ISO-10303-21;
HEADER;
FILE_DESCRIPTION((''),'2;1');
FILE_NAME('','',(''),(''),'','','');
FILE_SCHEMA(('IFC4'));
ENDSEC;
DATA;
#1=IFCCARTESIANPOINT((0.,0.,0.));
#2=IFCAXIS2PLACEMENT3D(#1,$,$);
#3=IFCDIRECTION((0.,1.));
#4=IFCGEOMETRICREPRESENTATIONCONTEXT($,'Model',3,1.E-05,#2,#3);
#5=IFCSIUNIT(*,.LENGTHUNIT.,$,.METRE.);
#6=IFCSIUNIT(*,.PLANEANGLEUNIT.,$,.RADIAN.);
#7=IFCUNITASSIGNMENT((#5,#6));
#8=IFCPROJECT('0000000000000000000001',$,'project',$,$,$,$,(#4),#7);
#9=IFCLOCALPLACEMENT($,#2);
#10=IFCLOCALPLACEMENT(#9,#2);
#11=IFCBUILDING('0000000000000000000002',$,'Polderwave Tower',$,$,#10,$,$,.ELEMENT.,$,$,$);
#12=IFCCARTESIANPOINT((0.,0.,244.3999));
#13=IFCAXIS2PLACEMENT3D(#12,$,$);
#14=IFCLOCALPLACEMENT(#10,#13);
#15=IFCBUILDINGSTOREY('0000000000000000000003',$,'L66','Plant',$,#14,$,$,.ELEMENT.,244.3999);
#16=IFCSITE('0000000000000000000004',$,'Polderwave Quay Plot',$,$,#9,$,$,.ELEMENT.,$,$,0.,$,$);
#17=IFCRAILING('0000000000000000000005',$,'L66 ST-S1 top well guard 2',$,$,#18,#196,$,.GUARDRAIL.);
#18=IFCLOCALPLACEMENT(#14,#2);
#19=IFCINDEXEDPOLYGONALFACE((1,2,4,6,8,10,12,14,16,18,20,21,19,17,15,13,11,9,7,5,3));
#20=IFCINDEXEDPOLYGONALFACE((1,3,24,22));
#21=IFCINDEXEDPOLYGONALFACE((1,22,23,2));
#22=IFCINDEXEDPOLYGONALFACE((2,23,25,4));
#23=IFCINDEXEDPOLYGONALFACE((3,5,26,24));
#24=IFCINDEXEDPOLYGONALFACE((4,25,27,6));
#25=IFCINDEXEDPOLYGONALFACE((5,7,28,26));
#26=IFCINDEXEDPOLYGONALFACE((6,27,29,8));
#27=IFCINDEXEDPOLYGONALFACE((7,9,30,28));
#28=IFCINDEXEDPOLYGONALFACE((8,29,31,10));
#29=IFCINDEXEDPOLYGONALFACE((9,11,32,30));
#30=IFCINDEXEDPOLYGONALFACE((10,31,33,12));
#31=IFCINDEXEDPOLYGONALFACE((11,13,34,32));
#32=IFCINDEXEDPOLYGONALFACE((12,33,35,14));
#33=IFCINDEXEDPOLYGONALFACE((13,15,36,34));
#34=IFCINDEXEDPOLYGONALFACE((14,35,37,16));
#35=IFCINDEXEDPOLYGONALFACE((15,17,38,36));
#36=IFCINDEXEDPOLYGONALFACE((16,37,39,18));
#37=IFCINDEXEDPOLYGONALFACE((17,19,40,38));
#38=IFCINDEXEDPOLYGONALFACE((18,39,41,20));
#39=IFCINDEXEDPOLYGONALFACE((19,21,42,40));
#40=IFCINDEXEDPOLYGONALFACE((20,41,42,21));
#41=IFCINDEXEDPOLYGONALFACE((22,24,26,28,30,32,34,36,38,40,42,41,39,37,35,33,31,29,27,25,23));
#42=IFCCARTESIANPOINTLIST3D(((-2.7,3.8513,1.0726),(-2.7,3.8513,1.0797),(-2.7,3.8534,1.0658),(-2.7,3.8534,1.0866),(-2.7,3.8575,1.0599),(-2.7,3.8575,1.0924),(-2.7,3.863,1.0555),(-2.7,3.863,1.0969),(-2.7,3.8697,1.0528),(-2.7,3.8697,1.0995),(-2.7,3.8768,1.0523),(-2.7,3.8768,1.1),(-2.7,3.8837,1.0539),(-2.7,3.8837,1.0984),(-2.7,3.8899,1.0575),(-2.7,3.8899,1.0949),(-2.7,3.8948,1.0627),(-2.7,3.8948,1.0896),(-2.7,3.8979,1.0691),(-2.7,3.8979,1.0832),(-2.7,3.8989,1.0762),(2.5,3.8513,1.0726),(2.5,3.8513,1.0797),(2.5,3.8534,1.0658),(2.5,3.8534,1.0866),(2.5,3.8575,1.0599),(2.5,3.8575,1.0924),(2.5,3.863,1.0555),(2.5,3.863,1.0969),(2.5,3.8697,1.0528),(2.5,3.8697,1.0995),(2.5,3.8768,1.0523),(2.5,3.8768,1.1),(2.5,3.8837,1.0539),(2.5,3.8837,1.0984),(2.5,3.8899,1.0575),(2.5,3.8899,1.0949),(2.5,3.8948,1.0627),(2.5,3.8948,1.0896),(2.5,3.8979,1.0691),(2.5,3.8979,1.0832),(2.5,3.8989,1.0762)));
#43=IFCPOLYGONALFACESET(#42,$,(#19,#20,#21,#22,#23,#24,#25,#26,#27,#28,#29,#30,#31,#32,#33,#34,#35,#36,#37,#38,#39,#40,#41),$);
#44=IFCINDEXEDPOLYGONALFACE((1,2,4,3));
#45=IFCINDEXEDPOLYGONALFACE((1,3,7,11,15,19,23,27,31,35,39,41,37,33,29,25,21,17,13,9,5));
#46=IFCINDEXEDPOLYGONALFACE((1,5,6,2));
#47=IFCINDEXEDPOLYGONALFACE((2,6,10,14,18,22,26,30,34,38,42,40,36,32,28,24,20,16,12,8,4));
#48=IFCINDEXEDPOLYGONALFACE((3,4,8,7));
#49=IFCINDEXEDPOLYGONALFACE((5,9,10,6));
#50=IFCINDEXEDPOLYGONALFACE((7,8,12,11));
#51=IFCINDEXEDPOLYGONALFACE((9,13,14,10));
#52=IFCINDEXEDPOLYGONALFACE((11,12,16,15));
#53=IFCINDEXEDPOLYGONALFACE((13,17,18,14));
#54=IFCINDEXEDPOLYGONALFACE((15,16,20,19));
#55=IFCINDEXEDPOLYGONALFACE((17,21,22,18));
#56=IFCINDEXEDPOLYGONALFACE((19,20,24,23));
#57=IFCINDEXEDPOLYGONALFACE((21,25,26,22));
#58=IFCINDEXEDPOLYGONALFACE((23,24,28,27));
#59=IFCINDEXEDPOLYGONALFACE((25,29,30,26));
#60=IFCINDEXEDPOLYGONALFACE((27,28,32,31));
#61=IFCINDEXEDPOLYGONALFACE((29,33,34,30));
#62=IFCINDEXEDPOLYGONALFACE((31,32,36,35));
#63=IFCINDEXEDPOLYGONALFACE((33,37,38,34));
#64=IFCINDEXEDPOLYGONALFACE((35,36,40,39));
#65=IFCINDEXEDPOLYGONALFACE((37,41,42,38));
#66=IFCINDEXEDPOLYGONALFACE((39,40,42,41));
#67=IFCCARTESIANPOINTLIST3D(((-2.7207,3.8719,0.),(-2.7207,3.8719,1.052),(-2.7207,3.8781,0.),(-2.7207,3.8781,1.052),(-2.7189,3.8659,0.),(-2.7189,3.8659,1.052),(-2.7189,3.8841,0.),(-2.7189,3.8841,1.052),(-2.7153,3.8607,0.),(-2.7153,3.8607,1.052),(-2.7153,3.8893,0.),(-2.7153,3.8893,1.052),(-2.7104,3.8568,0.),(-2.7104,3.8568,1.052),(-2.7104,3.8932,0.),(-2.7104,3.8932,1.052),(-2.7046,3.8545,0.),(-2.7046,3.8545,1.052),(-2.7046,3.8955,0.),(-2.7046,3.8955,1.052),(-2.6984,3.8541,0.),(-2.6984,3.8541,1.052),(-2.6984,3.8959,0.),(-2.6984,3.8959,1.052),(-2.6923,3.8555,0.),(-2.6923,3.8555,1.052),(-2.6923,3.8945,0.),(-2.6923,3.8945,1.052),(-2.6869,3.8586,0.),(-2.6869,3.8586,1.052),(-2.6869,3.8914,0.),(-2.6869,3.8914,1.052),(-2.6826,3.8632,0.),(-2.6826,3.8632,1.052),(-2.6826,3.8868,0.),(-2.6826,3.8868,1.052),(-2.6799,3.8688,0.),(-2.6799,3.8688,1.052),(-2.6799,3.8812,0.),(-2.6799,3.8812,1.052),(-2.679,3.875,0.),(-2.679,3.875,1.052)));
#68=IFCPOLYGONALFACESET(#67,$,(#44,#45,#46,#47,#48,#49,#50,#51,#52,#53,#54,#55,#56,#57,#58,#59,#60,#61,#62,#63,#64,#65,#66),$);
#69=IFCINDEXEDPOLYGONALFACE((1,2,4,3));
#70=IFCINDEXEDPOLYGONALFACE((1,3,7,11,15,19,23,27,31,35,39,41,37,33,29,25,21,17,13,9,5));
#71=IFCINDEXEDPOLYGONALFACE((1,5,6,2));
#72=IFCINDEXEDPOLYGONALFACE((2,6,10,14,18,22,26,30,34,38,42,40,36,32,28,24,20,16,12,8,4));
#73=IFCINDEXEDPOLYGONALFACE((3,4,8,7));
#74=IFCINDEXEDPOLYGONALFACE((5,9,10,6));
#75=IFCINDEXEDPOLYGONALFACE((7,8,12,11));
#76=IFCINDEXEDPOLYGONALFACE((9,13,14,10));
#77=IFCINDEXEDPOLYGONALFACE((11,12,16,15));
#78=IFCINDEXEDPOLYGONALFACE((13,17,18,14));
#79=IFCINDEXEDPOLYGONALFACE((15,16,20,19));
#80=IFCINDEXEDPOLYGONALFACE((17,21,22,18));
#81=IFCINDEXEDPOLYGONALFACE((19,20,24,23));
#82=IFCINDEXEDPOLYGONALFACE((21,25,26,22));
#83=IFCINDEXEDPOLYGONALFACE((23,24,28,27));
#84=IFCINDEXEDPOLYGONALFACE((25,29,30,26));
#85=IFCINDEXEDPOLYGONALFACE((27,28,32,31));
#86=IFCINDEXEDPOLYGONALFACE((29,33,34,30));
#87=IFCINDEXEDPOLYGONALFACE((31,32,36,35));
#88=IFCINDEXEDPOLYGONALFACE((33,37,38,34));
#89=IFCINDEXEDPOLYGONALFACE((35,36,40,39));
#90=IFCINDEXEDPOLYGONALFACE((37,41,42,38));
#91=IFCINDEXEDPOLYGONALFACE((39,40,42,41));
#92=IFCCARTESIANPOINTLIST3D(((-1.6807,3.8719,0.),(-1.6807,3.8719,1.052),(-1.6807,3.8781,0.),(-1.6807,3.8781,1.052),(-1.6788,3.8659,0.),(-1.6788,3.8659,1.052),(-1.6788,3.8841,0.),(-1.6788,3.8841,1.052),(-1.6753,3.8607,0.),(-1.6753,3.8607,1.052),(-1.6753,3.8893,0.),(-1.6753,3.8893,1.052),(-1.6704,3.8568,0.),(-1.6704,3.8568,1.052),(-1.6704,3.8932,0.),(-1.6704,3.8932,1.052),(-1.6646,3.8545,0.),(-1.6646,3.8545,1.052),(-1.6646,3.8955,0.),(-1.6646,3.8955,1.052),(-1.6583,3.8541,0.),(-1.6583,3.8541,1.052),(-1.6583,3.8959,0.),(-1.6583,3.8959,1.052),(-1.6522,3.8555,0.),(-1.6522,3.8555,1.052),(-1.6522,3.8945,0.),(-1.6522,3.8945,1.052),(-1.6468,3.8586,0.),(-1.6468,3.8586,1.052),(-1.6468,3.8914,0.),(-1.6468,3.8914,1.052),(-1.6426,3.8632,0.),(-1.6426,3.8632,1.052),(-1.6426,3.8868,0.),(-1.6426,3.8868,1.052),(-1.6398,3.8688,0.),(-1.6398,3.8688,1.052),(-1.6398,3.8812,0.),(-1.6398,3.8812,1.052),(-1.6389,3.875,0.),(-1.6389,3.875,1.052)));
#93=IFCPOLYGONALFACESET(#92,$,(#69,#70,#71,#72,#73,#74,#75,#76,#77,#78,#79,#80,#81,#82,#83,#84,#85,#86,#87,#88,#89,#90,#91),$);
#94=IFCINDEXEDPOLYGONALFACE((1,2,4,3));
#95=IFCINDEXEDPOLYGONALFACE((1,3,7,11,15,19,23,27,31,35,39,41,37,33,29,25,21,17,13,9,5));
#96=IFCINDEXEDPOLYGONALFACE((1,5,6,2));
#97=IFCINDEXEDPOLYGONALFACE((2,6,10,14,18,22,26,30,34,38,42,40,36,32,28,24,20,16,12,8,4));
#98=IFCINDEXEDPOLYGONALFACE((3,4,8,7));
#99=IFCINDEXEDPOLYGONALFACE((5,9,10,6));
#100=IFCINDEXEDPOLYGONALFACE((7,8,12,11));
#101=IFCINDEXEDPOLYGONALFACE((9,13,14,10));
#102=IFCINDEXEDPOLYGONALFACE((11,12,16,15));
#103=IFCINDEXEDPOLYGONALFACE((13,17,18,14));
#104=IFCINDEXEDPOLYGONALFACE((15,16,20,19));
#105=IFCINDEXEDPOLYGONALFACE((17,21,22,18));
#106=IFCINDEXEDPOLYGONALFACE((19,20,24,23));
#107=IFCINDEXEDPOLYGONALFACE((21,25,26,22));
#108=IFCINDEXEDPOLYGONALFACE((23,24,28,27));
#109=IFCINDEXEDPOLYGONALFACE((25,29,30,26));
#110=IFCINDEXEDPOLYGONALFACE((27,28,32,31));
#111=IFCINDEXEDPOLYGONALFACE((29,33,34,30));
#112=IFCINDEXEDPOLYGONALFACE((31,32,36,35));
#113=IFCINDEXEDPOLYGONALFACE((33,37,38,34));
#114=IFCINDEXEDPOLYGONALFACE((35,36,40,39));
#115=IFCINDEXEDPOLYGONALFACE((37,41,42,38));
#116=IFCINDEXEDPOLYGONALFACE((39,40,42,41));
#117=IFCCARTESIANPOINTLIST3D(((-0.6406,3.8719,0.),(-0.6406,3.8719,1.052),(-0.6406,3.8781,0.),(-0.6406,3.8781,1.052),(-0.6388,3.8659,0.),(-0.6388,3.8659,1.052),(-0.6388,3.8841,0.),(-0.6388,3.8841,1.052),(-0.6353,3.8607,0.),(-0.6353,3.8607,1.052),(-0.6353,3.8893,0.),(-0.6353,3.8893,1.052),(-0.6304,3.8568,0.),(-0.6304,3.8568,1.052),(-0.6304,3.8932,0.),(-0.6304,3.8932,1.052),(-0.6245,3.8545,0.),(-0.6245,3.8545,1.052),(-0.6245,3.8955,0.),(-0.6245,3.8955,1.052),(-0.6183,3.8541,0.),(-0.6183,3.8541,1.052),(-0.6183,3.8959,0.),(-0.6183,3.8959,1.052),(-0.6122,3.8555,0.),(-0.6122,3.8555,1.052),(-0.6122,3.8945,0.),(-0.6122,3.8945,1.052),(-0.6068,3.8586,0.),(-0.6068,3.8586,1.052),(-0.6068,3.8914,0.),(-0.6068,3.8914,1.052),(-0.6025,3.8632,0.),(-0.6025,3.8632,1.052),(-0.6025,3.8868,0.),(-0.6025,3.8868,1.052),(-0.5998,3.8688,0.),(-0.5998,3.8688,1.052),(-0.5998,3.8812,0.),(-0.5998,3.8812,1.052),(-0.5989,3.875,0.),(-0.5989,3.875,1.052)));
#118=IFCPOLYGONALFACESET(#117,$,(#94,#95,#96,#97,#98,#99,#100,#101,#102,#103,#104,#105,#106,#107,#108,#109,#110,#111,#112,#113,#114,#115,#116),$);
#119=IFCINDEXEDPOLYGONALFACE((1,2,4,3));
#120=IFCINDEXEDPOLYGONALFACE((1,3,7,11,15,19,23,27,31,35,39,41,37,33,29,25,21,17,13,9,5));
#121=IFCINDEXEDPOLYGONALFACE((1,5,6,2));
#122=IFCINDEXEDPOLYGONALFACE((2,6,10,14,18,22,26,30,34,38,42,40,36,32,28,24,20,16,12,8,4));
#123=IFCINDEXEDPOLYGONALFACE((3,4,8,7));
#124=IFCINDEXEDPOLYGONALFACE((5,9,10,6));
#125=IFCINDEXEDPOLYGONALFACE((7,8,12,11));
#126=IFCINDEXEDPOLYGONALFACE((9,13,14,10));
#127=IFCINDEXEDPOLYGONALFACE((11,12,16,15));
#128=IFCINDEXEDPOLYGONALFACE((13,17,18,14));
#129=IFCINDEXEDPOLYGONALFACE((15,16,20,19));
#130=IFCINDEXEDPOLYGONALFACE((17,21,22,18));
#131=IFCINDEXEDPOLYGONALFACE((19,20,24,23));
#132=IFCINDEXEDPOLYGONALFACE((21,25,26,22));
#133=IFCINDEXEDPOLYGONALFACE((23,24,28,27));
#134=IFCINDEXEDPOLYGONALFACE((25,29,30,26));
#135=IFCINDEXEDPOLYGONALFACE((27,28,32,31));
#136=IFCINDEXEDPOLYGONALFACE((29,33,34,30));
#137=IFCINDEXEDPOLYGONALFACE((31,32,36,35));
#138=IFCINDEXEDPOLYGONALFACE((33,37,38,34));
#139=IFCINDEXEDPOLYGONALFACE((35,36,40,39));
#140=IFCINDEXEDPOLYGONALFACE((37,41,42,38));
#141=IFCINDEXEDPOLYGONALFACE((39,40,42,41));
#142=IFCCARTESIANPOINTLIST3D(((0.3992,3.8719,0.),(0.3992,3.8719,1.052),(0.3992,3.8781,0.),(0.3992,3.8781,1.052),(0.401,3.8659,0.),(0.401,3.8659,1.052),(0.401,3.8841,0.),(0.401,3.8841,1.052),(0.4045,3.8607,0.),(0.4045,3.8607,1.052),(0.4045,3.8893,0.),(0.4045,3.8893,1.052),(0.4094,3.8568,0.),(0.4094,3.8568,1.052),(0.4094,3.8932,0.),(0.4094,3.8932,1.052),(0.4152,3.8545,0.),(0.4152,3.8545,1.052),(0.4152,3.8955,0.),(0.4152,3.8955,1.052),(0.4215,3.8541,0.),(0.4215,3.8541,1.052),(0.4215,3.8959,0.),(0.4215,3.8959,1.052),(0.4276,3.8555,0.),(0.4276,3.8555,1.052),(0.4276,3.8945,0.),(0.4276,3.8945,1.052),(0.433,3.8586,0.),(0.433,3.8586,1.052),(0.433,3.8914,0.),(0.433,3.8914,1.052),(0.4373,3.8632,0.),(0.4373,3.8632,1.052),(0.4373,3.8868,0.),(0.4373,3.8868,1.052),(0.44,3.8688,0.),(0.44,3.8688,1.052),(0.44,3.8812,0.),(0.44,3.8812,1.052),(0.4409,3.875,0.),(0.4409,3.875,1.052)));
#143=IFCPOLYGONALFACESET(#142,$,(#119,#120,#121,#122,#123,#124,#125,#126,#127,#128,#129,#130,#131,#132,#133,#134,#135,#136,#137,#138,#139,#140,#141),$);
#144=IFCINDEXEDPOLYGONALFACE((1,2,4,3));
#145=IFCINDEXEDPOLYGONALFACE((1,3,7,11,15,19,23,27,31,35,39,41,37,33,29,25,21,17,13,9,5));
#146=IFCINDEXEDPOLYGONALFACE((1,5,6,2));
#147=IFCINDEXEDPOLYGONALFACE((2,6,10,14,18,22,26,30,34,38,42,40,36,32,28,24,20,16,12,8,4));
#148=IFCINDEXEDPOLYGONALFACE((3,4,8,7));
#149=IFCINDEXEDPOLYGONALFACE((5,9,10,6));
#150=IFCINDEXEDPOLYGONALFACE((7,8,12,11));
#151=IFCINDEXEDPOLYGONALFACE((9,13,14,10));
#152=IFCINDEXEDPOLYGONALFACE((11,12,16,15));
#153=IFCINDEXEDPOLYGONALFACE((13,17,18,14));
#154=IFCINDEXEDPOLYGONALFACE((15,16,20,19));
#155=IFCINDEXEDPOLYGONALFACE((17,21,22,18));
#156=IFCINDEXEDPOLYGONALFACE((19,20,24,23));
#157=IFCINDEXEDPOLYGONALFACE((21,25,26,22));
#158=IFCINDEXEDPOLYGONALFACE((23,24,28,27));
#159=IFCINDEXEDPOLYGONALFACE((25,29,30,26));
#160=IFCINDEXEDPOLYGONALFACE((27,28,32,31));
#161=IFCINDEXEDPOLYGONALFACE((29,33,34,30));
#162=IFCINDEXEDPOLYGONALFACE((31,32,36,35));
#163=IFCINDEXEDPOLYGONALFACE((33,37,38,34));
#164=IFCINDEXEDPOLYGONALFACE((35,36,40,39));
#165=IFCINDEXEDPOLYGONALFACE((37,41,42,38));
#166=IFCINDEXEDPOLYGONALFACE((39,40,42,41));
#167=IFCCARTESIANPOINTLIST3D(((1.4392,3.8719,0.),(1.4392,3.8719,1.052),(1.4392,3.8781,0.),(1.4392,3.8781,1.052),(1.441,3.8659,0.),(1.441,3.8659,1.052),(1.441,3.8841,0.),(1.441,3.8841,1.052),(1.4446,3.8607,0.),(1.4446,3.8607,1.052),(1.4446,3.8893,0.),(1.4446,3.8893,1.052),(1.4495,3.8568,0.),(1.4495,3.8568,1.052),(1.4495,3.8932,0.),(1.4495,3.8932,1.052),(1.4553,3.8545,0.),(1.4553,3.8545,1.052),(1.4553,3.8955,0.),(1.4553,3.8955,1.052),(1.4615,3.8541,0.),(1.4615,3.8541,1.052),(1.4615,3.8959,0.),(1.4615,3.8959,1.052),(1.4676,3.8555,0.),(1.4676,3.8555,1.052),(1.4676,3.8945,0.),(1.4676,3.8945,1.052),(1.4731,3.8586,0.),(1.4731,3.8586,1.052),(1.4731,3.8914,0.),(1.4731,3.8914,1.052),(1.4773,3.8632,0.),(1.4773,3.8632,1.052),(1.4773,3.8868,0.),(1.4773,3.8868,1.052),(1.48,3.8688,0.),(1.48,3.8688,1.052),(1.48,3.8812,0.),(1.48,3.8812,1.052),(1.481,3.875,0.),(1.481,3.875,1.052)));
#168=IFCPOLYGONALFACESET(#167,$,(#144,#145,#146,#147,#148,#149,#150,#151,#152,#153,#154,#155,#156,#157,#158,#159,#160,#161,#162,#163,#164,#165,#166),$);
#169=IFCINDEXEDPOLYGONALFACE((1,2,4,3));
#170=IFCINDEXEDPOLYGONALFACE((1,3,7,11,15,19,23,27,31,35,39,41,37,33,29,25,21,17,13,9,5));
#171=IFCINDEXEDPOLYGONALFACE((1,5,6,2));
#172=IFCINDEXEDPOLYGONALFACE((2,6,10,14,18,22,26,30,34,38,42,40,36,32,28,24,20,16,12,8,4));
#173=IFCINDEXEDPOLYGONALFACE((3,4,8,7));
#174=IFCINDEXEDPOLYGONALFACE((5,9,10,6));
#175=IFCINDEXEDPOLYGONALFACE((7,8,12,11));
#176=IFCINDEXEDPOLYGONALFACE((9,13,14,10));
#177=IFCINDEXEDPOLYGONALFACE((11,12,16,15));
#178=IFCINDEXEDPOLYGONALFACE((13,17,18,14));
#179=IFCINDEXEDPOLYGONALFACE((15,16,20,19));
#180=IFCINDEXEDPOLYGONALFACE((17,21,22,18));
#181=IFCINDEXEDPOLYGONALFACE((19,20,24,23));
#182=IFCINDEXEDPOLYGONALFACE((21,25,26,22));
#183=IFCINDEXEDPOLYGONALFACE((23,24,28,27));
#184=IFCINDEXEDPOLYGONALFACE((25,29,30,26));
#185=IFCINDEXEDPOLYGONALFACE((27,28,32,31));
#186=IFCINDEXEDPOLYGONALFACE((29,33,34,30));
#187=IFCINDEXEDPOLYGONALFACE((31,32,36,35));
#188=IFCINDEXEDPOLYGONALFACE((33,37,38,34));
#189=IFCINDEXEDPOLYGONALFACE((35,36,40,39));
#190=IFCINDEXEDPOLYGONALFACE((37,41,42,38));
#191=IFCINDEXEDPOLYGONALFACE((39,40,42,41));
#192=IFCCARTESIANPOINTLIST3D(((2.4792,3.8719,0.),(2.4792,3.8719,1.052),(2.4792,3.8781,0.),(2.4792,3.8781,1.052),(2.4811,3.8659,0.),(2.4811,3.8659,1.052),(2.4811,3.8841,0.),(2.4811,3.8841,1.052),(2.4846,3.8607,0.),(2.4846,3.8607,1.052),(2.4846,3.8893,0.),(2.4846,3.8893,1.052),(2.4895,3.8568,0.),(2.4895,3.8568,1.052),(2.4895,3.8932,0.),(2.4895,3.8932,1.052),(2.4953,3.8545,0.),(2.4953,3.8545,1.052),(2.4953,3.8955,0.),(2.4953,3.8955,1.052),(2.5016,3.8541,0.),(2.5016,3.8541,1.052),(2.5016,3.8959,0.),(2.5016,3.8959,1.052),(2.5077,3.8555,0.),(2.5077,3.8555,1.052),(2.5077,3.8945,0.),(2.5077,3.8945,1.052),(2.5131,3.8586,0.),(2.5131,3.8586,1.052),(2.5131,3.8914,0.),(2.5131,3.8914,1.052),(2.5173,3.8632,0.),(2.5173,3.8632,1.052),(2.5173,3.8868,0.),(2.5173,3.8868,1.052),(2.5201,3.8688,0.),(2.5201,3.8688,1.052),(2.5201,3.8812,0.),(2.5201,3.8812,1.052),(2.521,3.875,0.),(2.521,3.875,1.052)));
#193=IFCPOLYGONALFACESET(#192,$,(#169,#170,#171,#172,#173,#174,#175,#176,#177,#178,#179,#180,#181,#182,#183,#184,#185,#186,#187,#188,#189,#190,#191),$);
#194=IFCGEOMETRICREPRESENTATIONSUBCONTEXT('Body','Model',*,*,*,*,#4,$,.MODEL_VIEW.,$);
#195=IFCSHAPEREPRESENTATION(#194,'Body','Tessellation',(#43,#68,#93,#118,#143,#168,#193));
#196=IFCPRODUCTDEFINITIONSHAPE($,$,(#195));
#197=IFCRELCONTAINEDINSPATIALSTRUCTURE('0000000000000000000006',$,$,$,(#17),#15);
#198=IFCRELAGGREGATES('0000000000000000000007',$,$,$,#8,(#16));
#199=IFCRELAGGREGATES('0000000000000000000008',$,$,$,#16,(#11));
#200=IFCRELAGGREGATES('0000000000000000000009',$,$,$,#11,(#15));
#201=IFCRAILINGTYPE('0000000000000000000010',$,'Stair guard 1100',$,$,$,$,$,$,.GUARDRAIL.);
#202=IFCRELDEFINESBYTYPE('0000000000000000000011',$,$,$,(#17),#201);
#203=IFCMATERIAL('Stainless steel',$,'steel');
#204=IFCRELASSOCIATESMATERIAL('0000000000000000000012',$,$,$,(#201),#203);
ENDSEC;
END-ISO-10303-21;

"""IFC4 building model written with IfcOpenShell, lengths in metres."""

from ifc_helpers import new_model, si_unit, direction, frame, origin, origin_2d, place, context, subcontext, project, spatial, circle, extrude, material, type_object, element, save


model = new_model("IFC4")

# Units and contexts
model_context = context("Model", 3, precision=1e-05, world=origin(), true_north=direction((0.0, 1.0)))
body_context = subcontext(model_context, "Body", "Model", "MODEL_VIEW")
ifc_project = project(units=[si_unit("LENGTHUNIT", "METRE"), si_unit("PLANEANGLEUNIT", "RADIAN")], contexts=[model_context])

# Site, building, storey
site_placement = place(None, origin())
site = spatial("IfcSite", under=ifc_project, at=site_placement, Name="Polderwave Quay Plot", CompositionType="ELEMENT", RefElevation=0.0)
building_placement = place(site_placement, origin())
building = spatial("IfcBuilding", under=site, at=building_placement, Name="Polderwave Tower", CompositionType="ELEMENT")
storey_placement = place(building_placement, frame((0.0, 0.0, 244.3999)))
storey = spatial("IfcBuildingStorey", under=building, at=storey_placement, Name="L66", Description="Plant", CompositionType="ELEMENT", Elevation=244.3999)

# Railing
ifc_material_1 = material(Name="Stainless steel", Category="steel")
railing_type = type_object("IfcRailingType", Name="Stair guard 1100", PredefinedType="GUARDRAIL", material=ifc_material_1)
railing_1_placement = place(storey_placement, frame((-2.7, 3.875, 0.0)))
element("IfcRailing", 1, at=railing_1_placement, inside=storey, type_object=railing_type, Name="L66 ST-S1 top well guard 2", PredefinedType="GUARDRAIL", context=body_context, shape_type="SweptSolid", body=[
    extrude(circle(Radius=0.0239, at=origin_2d()), frame((0.0, 0.0, 1.0762), z_axis=(1.0, 0.0, 0.0), x_axis=(0.0, 1.0, 0.0)), (0.0, 0.0, 1.0), 5.2),
    extrude(circle(Radius=0.021, at=origin_2d()), origin(), (0.0, 0.0, 1.0), 1.052),
    extrude(circle(Radius=0.021, at=origin_2d()), frame((1.04, 0.0, 0.0)), (0.0, 0.0, 1.0), 1.052),
    extrude(circle(Radius=0.021, at=origin_2d()), frame((2.0801, 0.0, 0.0)), (0.0, 0.0, 1.0), 1.052),
    extrude(circle(Radius=0.021, at=origin_2d()), frame((3.1199, 0.0, 0.0)), (0.0, 0.0, 1.0), 1.052),
    extrude(circle(Radius=0.021, at=origin_2d()), frame((4.1599, 0.0, 0.0)), (0.0, 0.0, 1.0), 1.052),
    extrude(circle(Radius=0.021, at=origin_2d()), frame((5.2, 0.0, 0.0)), (0.0, 0.0, 1.0), 1.052),
])

save(model, "model.ifc")
